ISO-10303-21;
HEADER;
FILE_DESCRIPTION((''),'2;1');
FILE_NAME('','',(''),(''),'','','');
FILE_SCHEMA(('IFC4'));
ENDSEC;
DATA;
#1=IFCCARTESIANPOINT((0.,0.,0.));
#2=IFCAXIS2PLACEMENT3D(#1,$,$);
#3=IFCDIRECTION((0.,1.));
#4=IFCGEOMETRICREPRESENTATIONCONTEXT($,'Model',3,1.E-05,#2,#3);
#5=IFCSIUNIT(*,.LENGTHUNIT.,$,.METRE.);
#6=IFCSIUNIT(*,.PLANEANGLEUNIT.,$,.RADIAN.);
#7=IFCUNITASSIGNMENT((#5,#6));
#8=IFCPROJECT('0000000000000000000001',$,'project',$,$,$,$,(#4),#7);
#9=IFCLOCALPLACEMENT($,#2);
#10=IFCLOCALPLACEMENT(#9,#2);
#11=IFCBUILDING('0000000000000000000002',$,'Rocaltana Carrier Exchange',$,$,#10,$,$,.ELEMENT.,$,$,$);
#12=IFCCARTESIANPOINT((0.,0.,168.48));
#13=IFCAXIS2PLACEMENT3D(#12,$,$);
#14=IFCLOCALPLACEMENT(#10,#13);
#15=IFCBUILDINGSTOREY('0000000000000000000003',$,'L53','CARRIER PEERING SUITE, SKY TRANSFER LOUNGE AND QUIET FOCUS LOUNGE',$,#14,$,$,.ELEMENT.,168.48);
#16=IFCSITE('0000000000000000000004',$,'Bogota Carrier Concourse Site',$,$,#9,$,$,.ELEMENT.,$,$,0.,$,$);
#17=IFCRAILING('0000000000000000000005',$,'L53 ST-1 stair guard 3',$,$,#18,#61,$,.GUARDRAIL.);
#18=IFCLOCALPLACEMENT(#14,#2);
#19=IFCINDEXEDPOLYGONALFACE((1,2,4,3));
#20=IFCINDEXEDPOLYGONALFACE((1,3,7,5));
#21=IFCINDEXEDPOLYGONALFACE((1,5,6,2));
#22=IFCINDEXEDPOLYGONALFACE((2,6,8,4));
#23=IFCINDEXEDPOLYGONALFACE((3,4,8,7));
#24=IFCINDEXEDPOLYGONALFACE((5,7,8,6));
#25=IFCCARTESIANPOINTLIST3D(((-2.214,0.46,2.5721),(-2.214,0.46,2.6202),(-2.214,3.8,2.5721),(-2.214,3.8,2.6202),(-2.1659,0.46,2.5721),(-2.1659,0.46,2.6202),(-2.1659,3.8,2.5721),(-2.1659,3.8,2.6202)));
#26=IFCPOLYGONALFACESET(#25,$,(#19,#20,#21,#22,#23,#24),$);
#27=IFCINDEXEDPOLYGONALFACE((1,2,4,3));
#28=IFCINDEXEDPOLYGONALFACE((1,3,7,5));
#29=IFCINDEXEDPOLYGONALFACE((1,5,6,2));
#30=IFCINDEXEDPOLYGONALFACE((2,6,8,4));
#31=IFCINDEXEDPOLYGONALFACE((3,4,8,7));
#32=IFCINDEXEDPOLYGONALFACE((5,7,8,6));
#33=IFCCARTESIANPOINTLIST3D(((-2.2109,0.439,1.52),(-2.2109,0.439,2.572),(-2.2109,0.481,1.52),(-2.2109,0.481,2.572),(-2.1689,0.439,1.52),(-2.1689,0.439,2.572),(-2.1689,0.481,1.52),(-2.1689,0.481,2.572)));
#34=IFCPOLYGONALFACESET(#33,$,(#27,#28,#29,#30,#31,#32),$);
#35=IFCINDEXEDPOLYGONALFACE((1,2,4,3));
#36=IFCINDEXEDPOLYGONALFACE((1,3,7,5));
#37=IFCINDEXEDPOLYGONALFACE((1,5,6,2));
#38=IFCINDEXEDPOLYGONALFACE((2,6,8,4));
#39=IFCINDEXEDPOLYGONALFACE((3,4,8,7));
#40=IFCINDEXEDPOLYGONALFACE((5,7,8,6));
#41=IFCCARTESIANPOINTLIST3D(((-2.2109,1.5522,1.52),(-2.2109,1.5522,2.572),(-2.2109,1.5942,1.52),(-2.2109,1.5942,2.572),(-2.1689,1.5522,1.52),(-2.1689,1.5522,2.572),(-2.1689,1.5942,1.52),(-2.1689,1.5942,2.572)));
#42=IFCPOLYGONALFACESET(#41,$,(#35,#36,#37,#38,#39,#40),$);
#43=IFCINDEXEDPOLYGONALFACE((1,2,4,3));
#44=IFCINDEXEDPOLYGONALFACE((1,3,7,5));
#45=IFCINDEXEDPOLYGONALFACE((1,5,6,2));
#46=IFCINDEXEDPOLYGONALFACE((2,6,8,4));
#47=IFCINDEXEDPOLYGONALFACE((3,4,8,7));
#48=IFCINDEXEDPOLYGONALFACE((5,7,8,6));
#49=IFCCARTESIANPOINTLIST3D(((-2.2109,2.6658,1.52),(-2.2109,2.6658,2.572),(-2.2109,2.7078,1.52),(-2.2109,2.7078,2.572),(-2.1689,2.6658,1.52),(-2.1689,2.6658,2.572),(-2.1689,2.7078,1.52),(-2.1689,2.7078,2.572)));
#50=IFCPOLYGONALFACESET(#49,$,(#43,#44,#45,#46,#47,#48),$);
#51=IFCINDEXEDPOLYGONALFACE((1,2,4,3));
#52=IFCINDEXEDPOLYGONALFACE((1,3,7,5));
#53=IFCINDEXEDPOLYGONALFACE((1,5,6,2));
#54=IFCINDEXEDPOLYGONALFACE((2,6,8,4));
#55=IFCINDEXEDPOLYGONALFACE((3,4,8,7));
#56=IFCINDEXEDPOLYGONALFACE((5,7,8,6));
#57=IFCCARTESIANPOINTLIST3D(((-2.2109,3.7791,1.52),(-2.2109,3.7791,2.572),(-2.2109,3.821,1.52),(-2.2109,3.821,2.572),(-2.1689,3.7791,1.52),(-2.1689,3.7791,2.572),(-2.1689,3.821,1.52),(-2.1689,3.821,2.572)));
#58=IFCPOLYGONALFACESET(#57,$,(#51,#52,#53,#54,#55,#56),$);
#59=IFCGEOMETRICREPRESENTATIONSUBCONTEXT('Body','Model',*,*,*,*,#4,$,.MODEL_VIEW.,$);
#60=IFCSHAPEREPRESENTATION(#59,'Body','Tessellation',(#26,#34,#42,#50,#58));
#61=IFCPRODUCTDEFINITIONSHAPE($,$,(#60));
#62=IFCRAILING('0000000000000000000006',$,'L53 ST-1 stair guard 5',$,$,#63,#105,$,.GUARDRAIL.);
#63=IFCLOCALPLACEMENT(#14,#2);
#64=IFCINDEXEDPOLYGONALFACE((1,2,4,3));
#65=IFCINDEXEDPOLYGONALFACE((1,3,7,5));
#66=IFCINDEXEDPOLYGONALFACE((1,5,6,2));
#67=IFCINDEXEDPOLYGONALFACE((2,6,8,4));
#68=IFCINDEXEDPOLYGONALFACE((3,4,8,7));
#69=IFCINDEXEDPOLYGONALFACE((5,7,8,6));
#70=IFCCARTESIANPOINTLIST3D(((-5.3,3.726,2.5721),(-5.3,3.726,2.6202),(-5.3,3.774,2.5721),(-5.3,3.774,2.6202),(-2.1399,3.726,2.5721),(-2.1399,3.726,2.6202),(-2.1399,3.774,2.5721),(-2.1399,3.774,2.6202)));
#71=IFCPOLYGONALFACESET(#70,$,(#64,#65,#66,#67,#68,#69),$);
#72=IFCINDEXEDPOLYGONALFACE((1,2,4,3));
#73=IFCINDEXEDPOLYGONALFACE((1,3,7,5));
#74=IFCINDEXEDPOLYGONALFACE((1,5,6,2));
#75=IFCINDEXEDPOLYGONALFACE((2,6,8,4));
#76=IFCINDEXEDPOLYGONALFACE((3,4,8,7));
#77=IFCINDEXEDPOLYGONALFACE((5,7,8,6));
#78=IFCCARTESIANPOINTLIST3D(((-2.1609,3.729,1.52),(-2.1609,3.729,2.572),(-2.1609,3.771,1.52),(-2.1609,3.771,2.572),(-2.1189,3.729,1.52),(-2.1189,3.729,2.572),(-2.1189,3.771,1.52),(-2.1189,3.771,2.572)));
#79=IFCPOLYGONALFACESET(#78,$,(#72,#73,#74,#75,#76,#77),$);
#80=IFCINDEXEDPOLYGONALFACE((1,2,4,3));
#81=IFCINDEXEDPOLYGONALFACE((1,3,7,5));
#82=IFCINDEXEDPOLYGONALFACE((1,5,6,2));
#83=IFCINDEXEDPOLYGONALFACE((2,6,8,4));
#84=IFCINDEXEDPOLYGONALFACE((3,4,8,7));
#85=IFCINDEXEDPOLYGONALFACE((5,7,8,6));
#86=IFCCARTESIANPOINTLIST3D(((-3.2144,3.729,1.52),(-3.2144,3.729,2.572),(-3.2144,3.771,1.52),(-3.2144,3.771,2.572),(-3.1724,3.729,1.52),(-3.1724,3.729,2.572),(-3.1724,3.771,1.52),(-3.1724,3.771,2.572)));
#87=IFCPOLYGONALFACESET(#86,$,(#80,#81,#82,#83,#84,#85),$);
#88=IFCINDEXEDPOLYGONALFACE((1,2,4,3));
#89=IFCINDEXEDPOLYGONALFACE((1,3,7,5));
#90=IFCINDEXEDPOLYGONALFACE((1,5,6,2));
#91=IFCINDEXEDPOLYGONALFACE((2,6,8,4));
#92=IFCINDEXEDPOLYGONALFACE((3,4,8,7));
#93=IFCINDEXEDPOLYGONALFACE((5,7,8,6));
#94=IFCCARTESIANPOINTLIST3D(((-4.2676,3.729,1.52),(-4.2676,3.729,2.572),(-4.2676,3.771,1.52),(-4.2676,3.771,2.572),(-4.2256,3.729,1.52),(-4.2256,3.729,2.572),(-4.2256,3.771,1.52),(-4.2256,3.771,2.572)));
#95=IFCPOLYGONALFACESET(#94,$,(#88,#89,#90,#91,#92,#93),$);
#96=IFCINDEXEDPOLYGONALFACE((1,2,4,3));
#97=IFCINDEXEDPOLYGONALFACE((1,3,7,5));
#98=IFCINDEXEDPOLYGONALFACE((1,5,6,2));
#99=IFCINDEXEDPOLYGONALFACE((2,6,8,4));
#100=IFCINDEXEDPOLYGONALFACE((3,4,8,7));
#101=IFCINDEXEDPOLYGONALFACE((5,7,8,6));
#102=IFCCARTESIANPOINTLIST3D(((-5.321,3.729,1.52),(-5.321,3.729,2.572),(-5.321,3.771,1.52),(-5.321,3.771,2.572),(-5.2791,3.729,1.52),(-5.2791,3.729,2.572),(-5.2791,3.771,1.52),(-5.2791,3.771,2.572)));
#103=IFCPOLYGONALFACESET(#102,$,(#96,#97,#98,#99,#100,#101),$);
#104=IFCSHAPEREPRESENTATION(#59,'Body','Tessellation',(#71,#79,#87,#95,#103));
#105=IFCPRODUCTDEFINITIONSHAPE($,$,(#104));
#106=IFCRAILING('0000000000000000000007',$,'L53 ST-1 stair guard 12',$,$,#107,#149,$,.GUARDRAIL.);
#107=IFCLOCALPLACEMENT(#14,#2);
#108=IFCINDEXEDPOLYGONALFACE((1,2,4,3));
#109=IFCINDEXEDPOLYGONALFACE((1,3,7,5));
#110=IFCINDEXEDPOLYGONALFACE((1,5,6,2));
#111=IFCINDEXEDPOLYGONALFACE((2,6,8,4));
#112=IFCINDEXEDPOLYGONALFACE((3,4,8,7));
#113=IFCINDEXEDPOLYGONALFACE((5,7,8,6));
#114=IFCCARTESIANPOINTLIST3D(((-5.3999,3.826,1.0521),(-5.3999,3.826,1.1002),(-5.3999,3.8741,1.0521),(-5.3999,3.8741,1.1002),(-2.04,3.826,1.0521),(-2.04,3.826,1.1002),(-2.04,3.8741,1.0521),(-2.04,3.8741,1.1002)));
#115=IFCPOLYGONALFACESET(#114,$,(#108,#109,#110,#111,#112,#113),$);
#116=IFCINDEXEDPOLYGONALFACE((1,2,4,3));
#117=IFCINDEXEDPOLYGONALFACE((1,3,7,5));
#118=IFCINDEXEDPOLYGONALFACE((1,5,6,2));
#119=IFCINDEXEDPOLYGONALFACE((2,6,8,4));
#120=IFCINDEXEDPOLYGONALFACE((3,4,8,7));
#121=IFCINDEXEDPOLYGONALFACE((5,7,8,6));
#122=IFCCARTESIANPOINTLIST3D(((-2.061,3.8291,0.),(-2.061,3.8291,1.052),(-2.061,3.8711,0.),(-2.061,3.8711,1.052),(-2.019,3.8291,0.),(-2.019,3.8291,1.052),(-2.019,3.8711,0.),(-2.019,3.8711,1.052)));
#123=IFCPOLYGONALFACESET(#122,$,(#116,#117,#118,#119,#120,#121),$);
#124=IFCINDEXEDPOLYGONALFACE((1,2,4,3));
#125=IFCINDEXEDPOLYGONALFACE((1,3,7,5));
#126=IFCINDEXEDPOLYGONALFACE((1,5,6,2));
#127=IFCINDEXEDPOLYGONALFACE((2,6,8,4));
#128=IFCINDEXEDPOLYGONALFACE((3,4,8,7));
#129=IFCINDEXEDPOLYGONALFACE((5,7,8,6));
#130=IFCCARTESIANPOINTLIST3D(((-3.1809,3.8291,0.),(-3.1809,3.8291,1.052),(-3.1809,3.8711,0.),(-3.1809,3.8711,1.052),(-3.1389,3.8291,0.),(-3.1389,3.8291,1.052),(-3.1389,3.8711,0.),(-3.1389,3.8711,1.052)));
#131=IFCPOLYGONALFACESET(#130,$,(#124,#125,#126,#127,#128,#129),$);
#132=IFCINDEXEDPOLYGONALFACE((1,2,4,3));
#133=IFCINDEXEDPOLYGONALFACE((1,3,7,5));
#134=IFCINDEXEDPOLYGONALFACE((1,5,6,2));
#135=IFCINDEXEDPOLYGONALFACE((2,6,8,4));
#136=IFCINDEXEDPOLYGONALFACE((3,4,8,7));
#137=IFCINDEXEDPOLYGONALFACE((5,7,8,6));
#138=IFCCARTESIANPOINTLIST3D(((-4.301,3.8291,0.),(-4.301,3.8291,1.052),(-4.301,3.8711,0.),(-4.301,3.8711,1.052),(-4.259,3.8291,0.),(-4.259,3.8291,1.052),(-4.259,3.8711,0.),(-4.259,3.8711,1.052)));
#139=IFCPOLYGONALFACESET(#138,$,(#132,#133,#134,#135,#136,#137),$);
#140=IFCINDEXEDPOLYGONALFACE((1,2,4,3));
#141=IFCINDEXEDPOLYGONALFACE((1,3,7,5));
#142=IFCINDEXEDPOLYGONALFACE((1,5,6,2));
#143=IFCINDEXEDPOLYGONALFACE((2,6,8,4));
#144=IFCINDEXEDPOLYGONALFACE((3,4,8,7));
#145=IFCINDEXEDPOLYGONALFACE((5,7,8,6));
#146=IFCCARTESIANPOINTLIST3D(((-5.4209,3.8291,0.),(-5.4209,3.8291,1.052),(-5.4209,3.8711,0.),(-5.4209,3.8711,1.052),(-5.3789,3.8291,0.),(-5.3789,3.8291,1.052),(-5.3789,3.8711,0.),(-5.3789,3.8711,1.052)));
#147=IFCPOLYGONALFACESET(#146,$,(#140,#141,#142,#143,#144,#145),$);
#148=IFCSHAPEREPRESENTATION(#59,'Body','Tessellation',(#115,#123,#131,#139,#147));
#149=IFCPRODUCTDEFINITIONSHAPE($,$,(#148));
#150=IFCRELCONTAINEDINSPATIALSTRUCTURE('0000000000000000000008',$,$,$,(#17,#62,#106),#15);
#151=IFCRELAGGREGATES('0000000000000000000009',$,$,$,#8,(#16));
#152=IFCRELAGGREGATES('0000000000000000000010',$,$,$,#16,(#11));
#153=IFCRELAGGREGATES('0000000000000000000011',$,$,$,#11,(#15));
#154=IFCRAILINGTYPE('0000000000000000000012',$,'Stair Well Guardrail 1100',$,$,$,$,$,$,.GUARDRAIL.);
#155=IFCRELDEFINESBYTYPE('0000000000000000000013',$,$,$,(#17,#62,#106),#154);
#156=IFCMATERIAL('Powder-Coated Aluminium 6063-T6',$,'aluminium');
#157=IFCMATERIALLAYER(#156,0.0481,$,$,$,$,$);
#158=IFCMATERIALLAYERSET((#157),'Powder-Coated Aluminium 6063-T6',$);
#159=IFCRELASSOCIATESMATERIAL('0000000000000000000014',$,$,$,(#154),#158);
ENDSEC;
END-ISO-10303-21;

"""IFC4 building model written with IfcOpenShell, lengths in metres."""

from ifc_helpers import new_model, si_unit, direction, frame, origin, origin_2d, place, context, subcontext, project, spatial, rectangle, extrude, material, layer, layer_set, type_object, element, save


model = new_model("IFC4")

# Units and contexts
model_context = context("Model", 3, precision=1e-05, world=origin(), true_north=direction((0.0, 1.0)))
body_context = subcontext(model_context, "Body", "Model", "MODEL_VIEW")
ifc_project = project(units=[si_unit("LENGTHUNIT", "METRE"), si_unit("PLANEANGLEUNIT", "RADIAN")], contexts=[model_context])

# Site, building, storey
site_placement = place(None, origin())
site = spatial("IfcSite", under=ifc_project, at=site_placement, Name="Bogota Carrier Concourse Site", CompositionType="ELEMENT", RefElevation=0.0)
building_placement = place(site_placement, origin())
building = spatial("IfcBuilding", under=site, at=building_placement, Name="Rocaltana Carrier Exchange", CompositionType="ELEMENT")
storey_placement = place(building_placement, frame((0.0, 0.0, 168.48)))
storey = spatial("IfcBuildingStorey", under=building, at=storey_placement, Name="L53", Description="CARRIER PEERING SUITE, SKY TRANSFER LOUNGE AND QUIET FOCUS LOUNGE", CompositionType="ELEMENT", Elevation=168.48)

# Railings
ifc_material_1 = material(Name="Powder-Coated Aluminium 6063-T6", Category="aluminium")
ifc_layer_1 = layer(ifc_material_1, 0.0481)
ifc_layer_set_1 = layer_set([ifc_layer_1], Name="Powder-Coated Aluminium 6063-T6")
railing_type = type_object("IfcRailingType", Name="Stair Well Guardrail 1100", PredefinedType="GUARDRAIL", material=ifc_layer_set_1)
railing_1_placement = place(storey_placement, frame((-2.1899, 0.46, 1.52)))
element("IfcRailing", 1, at=railing_1_placement, inside=storey, type_object=railing_type, Name="L53 ST-1 stair guard 3", PredefinedType="GUARDRAIL", context=body_context, shape_type="SweptSolid", body=[
    extrude(rectangle(XDim=0.0481, YDim=0.0481, at=origin_2d()), frame((0.0, 0.0, 1.0762), z_axis=(0.0, 1.0, 0.0), x_axis=(-1.0, 0.0, 0.0)), (0.0, 0.0, 1.0), 3.3401),
    extrude(rectangle(XDim=0.042, YDim=0.042, at=origin_2d()), origin(), (0.0, 0.0, 1.0), 1.052),
    extrude(rectangle(XDim=0.042, YDim=0.042, at=origin_2d()), frame((0.0, 1.1133, 0.0)), (0.0, 0.0, 1.0), 1.052),
    extrude(rectangle(XDim=0.042, YDim=0.042, at=origin_2d()), frame((0.0, 2.2268, 0.0)), (0.0, 0.0, 1.0), 1.052),
    extrude(rectangle(XDim=0.042, YDim=0.042, at=origin_2d()), frame((0.0, 3.3401, 0.0)), (0.0, 0.0, 1.0), 1.052),
])
railing_2_placement = place(storey_placement, frame((-2.1399, 3.75, 1.52)))
element("IfcRailing", 2, at=railing_2_placement, inside=storey, type_object=railing_type, Name="L53 ST-1 stair guard 5", PredefinedType="GUARDRAIL", context=body_context, shape_type="SweptSolid", body=[
    extrude(rectangle(XDim=0.0481, YDim=0.0481, at=origin_2d()), frame((0.0, 0.0, 1.0762), z_axis=(-1.0, 0.0, 0.0), x_axis=(0.0, -1.0, 0.0)), (0.0, 0.0, 1.0), 3.1602),
    extrude(rectangle(XDim=0.042, YDim=0.042, at=origin_2d()), origin(), (0.0, 0.0, 1.0), 1.052),
    extrude(rectangle(XDim=0.042, YDim=0.042, at=origin_2d()), frame((-1.0535, 0.0, 0.0)), (0.0, 0.0, 1.0), 1.052),
    extrude(rectangle(XDim=0.042, YDim=0.042, at=origin_2d()), frame((-2.1067, 0.0, 0.0)), (0.0, 0.0, 1.0), 1.052),
    extrude(rectangle(XDim=0.042, YDim=0.042, at=origin_2d()), frame((-3.1602, 0.0, 0.0)), (0.0, 0.0, 1.0), 1.052),
])
railing_3_placement = place(storey_placement, frame((-2.04, 3.8501, 0.0)))
element("IfcRailing", 3, at=railing_3_placement, inside=storey, type_object=railing_type, Name="L53 ST-1 stair guard 12", PredefinedType="GUARDRAIL", context=body_context, shape_type="SweptSolid", body=[
    extrude(rectangle(XDim=0.0481, YDim=0.0481, at=origin_2d()), frame((0.0, 0.0, 1.0762), z_axis=(-1.0, 0.0, 0.0), x_axis=(0.0, -1.0, 0.0)), (0.0, 0.0, 1.0), 3.3599),
    extrude(rectangle(XDim=0.042, YDim=0.042, at=origin_2d()), origin(), (0.0, 0.0, 1.0), 1.052),
    extrude(rectangle(XDim=0.042, YDim=0.042, at=origin_2d()), frame((-1.1199, 0.0, 0.0)), (0.0, 0.0, 1.0), 1.052),
    extrude(rectangle(XDim=0.042, YDim=0.042, at=origin_2d()), frame((-2.24, 0.0, 0.0)), (0.0, 0.0, 1.0), 1.052),
    extrude(rectangle(XDim=0.042, YDim=0.042, at=origin_2d()), frame((-3.3599, 0.0, 0.0)), (0.0, 0.0, 1.0), 1.052),
])

save(model, "model.ifc")
